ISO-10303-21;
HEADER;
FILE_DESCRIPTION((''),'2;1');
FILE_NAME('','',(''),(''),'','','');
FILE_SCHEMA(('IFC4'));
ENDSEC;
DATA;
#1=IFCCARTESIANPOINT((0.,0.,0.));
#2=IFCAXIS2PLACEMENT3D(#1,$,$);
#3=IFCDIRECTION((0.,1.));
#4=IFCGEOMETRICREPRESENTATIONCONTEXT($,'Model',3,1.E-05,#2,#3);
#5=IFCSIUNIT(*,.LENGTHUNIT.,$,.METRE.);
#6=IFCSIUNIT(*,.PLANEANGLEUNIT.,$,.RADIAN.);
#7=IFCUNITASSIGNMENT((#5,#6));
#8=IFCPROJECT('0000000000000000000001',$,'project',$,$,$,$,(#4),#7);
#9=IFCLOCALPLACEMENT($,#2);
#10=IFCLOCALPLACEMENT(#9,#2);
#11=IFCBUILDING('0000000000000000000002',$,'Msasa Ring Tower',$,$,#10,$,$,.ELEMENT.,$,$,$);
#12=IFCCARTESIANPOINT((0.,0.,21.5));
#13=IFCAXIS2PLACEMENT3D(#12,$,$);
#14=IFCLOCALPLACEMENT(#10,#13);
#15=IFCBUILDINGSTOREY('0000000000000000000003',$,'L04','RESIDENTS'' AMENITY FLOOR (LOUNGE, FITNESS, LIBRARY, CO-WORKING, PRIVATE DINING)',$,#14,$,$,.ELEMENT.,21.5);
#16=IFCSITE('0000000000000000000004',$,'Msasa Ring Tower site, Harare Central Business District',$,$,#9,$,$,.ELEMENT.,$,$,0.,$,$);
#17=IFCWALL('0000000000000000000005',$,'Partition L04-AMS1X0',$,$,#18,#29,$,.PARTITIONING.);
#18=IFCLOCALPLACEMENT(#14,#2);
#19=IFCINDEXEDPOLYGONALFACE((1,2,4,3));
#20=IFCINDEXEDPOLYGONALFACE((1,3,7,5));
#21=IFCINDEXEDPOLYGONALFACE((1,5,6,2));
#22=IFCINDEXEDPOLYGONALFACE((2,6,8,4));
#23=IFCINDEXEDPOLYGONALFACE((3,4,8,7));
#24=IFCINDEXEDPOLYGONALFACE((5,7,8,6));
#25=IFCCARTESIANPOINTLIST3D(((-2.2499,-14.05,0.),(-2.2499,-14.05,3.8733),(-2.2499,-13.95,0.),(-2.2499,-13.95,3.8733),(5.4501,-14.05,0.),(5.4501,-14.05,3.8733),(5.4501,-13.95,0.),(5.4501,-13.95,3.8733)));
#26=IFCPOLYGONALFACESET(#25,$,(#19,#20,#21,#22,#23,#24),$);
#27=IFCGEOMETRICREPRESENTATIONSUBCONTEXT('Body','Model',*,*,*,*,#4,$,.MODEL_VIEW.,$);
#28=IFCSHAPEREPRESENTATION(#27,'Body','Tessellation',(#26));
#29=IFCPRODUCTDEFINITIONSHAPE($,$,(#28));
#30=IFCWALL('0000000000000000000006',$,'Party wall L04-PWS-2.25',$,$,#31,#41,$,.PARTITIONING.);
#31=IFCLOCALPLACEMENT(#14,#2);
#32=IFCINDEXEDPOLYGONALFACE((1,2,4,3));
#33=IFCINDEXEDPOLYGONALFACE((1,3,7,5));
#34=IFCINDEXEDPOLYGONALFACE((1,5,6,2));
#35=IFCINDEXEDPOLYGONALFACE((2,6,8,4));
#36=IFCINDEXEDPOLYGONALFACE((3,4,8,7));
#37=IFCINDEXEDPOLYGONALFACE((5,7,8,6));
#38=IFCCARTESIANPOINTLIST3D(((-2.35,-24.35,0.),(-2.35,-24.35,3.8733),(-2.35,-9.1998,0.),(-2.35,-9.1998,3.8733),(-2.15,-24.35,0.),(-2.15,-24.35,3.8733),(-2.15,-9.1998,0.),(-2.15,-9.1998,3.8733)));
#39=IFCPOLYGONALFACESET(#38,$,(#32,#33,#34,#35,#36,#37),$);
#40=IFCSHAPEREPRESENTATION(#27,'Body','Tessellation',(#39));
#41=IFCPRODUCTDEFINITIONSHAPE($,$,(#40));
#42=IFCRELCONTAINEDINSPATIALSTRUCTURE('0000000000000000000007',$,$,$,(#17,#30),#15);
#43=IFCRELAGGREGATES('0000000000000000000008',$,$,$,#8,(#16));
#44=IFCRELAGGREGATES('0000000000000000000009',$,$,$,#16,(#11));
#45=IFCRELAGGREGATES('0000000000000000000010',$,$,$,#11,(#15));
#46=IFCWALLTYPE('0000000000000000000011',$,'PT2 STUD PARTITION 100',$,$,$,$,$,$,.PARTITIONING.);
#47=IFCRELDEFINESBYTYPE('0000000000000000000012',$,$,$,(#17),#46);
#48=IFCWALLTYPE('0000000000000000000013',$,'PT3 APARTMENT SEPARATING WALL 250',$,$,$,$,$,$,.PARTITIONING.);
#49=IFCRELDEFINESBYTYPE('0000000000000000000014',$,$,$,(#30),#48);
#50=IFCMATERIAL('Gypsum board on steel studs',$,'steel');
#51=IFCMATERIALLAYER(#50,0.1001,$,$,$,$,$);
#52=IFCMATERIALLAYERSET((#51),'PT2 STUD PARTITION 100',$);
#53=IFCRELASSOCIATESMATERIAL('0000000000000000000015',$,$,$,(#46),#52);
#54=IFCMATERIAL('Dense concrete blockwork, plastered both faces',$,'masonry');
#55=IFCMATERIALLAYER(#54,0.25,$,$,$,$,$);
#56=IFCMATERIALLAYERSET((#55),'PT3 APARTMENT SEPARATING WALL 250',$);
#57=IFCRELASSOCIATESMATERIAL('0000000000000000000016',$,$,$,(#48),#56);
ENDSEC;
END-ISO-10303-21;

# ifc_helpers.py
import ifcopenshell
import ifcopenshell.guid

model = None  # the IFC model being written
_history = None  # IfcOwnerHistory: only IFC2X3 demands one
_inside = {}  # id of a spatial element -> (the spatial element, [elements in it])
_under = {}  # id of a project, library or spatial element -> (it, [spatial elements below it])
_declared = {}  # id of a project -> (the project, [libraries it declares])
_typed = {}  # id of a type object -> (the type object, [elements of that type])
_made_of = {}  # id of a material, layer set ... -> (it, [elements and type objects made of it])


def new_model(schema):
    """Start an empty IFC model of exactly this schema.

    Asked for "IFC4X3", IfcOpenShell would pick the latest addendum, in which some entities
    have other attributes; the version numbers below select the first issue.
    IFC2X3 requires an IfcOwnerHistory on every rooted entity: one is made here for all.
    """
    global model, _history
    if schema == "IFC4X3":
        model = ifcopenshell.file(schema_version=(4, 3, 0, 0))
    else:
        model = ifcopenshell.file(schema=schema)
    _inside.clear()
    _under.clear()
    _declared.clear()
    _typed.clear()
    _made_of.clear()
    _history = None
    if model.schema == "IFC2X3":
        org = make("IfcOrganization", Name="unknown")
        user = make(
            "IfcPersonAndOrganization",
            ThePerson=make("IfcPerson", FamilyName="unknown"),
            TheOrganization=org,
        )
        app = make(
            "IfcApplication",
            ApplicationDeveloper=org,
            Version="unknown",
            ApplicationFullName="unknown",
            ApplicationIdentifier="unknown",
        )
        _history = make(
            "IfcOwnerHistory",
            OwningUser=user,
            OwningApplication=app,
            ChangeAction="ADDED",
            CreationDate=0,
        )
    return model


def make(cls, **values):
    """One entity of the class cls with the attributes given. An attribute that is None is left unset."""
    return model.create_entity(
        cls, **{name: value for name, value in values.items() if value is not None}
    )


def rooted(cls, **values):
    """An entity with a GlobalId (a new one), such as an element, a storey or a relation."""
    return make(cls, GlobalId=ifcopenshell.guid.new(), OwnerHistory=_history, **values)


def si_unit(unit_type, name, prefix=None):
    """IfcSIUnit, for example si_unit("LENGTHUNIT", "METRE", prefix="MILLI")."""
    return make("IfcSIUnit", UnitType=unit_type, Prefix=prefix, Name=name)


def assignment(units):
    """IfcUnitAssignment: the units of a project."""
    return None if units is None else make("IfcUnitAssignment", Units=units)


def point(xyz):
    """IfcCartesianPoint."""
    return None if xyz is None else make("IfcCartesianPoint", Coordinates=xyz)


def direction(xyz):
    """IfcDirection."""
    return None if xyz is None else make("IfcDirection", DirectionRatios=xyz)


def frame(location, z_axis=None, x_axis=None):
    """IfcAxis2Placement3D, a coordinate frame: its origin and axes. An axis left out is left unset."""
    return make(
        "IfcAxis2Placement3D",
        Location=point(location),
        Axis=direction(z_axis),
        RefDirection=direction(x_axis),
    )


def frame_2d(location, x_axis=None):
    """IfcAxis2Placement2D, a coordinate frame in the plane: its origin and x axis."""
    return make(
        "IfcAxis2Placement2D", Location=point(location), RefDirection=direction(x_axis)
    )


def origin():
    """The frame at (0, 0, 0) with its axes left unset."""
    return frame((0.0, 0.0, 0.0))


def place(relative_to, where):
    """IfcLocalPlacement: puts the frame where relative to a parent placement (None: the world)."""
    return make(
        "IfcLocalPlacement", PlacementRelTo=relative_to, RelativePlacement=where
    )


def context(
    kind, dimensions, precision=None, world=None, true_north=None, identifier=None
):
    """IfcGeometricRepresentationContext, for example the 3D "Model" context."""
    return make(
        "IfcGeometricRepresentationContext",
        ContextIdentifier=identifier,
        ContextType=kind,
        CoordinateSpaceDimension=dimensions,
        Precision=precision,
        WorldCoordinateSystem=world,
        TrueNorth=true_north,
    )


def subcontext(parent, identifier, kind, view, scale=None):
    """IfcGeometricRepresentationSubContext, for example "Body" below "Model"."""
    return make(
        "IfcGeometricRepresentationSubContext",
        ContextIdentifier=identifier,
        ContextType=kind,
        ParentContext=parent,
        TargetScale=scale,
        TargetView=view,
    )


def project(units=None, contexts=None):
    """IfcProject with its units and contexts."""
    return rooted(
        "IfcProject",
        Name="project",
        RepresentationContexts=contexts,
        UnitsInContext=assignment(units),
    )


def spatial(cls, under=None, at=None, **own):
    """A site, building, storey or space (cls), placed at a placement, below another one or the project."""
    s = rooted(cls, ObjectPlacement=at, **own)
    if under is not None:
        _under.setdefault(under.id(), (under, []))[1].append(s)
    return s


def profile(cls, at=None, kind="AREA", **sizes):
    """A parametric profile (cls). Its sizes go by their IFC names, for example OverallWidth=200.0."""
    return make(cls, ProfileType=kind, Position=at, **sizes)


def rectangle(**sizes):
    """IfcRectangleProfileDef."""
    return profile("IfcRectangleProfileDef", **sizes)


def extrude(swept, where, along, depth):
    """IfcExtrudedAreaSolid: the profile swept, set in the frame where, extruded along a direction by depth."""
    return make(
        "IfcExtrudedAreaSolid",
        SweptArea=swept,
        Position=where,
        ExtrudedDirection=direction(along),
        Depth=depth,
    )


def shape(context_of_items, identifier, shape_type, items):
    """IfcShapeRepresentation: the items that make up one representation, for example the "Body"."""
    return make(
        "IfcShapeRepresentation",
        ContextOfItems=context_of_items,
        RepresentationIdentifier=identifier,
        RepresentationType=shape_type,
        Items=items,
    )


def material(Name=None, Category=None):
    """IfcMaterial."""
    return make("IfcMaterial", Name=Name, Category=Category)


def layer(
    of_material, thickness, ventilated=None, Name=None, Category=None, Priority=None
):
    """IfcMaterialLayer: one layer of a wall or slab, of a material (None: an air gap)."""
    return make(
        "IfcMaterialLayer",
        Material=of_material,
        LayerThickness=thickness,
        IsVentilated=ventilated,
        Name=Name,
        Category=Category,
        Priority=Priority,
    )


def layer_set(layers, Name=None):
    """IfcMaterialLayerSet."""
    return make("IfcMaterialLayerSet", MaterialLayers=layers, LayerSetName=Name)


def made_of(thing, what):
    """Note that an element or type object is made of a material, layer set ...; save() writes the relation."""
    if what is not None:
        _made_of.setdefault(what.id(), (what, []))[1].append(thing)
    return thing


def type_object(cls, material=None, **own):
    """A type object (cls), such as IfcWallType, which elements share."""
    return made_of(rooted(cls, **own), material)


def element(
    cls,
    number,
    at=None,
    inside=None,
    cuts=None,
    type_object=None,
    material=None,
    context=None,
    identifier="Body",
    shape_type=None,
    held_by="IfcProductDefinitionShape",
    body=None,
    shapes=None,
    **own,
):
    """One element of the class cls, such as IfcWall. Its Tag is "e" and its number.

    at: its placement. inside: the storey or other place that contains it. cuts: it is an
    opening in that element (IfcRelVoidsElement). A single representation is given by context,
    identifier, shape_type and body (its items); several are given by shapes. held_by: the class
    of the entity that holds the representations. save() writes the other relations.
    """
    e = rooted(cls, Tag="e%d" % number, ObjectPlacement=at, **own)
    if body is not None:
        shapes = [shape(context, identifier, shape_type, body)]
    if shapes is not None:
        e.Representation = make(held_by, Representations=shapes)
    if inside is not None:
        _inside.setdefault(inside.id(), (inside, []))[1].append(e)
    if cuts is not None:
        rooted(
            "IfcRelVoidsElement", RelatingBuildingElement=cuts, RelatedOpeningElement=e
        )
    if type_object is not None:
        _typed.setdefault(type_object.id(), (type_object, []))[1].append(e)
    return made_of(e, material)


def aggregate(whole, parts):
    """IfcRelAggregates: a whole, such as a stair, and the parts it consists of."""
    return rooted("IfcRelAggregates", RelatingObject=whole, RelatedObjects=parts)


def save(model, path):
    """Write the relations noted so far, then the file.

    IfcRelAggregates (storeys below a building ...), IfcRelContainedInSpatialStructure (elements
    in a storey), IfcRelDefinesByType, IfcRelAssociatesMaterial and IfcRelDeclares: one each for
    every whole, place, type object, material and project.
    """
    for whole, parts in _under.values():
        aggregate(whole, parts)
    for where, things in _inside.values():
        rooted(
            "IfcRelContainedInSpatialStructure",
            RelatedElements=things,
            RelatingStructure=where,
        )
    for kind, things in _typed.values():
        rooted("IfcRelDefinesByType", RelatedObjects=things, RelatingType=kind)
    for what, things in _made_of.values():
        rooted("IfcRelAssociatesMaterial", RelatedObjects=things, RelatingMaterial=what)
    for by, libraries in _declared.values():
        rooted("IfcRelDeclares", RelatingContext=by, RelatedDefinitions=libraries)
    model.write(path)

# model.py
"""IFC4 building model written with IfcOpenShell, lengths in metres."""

from ifc_helpers import new_model, si_unit, direction, frame, frame_2d, origin, place, context, subcontext, project, spatial, rectangle, extrude, material, layer, layer_set, type_object, element, save


model = new_model("IFC4")

# Units and contexts
model_context = context("Model", 3, precision=1e-05, world=origin(), true_north=direction((0.0, 1.0)))
body_context = subcontext(model_context, "Body", "Model", "MODEL_VIEW")
ifc_project = project(units=[si_unit("LENGTHUNIT", "METRE"), si_unit("PLANEANGLEUNIT", "RADIAN")], contexts=[model_context])

# Site, building, storey
site_placement = place(None, origin())
site = spatial("IfcSite", under=ifc_project, at=site_placement, Name="Msasa Ring Tower site, Harare Central Business District", CompositionType="ELEMENT", RefElevation=0.0)
building_placement = place(site_placement, origin())
building = spatial("IfcBuilding", under=site, at=building_placement, Name="Msasa Ring Tower", CompositionType="ELEMENT")
storey_placement = place(building_placement, frame((0.0, 0.0, 21.5)))
storey = spatial("IfcBuildingStorey", under=building, at=storey_placement, Name="L04", Description="RESIDENTS' AMENITY FLOOR (LOUNGE, FITNESS, LIBRARY, CO-WORKING, PRIVATE DINING)", CompositionType="ELEMENT", Elevation=21.5)

# Shared definitions
ifc_material_1 = material(Name="Gypsum board on steel studs", Category="steel")
ifc_layer_1 = layer(ifc_material_1, 0.1001)
ifc_layer_set_1 = layer_set([ifc_layer_1], Name="PT2 STUD PARTITION 100")
wall_type_1 = type_object("IfcWallType", Name="PT2 STUD PARTITION 100", PredefinedType="PARTITIONING", material=ifc_layer_set_1)

# Walls
wall_1_placement = place(storey_placement, frame((-2.25, -14.0, 0.0), z_axis=(0.0, 0.0, 1.0), x_axis=(1.0, 0.0, 0.0)))
element("IfcWall", 1, at=wall_1_placement, inside=storey, type_object=wall_type_1, Name="Partition L04-AMS1X0", PredefinedType="PARTITIONING", context=body_context, shape_type="SweptSolid", body=[
    extrude(rectangle(XDim=7.7, YDim=0.1001, at=frame_2d((3.8501, 0.0))), origin(), (0.0, 0.0, 1.0), 3.8733),
])
ifc_material_2 = material(Name="Dense concrete blockwork, plastered both faces", Category="masonry")
ifc_layer_2 = layer(ifc_material_2, 0.25)
ifc_layer_set_2 = layer_set([ifc_layer_2], Name="PT3 APARTMENT SEPARATING WALL 250")
wall_type_2 = type_object("IfcWallType", Name="PT3 APARTMENT SEPARATING WALL 250", PredefinedType="PARTITIONING", material=ifc_layer_set_2)
wall_2_placement = place(storey_placement, frame((-2.25, -24.3501, 0.0), z_axis=(0.0, 0.0, 1.0), x_axis=(0.0, 1.0, 0.0)))
element("IfcWall", 2, at=wall_2_placement, inside=storey, type_object=wall_type_2, Name="Party wall L04-PWS-2.25", PredefinedType="PARTITIONING", context=body_context, shape_type="SweptSolid", body=[
    extrude(rectangle(XDim=15.1501, YDim=0.2, at=frame_2d((7.5752, 0.0))), origin(), (0.0, 0.0, 1.0), 3.8733),
])

save(model, "model.ifc")
